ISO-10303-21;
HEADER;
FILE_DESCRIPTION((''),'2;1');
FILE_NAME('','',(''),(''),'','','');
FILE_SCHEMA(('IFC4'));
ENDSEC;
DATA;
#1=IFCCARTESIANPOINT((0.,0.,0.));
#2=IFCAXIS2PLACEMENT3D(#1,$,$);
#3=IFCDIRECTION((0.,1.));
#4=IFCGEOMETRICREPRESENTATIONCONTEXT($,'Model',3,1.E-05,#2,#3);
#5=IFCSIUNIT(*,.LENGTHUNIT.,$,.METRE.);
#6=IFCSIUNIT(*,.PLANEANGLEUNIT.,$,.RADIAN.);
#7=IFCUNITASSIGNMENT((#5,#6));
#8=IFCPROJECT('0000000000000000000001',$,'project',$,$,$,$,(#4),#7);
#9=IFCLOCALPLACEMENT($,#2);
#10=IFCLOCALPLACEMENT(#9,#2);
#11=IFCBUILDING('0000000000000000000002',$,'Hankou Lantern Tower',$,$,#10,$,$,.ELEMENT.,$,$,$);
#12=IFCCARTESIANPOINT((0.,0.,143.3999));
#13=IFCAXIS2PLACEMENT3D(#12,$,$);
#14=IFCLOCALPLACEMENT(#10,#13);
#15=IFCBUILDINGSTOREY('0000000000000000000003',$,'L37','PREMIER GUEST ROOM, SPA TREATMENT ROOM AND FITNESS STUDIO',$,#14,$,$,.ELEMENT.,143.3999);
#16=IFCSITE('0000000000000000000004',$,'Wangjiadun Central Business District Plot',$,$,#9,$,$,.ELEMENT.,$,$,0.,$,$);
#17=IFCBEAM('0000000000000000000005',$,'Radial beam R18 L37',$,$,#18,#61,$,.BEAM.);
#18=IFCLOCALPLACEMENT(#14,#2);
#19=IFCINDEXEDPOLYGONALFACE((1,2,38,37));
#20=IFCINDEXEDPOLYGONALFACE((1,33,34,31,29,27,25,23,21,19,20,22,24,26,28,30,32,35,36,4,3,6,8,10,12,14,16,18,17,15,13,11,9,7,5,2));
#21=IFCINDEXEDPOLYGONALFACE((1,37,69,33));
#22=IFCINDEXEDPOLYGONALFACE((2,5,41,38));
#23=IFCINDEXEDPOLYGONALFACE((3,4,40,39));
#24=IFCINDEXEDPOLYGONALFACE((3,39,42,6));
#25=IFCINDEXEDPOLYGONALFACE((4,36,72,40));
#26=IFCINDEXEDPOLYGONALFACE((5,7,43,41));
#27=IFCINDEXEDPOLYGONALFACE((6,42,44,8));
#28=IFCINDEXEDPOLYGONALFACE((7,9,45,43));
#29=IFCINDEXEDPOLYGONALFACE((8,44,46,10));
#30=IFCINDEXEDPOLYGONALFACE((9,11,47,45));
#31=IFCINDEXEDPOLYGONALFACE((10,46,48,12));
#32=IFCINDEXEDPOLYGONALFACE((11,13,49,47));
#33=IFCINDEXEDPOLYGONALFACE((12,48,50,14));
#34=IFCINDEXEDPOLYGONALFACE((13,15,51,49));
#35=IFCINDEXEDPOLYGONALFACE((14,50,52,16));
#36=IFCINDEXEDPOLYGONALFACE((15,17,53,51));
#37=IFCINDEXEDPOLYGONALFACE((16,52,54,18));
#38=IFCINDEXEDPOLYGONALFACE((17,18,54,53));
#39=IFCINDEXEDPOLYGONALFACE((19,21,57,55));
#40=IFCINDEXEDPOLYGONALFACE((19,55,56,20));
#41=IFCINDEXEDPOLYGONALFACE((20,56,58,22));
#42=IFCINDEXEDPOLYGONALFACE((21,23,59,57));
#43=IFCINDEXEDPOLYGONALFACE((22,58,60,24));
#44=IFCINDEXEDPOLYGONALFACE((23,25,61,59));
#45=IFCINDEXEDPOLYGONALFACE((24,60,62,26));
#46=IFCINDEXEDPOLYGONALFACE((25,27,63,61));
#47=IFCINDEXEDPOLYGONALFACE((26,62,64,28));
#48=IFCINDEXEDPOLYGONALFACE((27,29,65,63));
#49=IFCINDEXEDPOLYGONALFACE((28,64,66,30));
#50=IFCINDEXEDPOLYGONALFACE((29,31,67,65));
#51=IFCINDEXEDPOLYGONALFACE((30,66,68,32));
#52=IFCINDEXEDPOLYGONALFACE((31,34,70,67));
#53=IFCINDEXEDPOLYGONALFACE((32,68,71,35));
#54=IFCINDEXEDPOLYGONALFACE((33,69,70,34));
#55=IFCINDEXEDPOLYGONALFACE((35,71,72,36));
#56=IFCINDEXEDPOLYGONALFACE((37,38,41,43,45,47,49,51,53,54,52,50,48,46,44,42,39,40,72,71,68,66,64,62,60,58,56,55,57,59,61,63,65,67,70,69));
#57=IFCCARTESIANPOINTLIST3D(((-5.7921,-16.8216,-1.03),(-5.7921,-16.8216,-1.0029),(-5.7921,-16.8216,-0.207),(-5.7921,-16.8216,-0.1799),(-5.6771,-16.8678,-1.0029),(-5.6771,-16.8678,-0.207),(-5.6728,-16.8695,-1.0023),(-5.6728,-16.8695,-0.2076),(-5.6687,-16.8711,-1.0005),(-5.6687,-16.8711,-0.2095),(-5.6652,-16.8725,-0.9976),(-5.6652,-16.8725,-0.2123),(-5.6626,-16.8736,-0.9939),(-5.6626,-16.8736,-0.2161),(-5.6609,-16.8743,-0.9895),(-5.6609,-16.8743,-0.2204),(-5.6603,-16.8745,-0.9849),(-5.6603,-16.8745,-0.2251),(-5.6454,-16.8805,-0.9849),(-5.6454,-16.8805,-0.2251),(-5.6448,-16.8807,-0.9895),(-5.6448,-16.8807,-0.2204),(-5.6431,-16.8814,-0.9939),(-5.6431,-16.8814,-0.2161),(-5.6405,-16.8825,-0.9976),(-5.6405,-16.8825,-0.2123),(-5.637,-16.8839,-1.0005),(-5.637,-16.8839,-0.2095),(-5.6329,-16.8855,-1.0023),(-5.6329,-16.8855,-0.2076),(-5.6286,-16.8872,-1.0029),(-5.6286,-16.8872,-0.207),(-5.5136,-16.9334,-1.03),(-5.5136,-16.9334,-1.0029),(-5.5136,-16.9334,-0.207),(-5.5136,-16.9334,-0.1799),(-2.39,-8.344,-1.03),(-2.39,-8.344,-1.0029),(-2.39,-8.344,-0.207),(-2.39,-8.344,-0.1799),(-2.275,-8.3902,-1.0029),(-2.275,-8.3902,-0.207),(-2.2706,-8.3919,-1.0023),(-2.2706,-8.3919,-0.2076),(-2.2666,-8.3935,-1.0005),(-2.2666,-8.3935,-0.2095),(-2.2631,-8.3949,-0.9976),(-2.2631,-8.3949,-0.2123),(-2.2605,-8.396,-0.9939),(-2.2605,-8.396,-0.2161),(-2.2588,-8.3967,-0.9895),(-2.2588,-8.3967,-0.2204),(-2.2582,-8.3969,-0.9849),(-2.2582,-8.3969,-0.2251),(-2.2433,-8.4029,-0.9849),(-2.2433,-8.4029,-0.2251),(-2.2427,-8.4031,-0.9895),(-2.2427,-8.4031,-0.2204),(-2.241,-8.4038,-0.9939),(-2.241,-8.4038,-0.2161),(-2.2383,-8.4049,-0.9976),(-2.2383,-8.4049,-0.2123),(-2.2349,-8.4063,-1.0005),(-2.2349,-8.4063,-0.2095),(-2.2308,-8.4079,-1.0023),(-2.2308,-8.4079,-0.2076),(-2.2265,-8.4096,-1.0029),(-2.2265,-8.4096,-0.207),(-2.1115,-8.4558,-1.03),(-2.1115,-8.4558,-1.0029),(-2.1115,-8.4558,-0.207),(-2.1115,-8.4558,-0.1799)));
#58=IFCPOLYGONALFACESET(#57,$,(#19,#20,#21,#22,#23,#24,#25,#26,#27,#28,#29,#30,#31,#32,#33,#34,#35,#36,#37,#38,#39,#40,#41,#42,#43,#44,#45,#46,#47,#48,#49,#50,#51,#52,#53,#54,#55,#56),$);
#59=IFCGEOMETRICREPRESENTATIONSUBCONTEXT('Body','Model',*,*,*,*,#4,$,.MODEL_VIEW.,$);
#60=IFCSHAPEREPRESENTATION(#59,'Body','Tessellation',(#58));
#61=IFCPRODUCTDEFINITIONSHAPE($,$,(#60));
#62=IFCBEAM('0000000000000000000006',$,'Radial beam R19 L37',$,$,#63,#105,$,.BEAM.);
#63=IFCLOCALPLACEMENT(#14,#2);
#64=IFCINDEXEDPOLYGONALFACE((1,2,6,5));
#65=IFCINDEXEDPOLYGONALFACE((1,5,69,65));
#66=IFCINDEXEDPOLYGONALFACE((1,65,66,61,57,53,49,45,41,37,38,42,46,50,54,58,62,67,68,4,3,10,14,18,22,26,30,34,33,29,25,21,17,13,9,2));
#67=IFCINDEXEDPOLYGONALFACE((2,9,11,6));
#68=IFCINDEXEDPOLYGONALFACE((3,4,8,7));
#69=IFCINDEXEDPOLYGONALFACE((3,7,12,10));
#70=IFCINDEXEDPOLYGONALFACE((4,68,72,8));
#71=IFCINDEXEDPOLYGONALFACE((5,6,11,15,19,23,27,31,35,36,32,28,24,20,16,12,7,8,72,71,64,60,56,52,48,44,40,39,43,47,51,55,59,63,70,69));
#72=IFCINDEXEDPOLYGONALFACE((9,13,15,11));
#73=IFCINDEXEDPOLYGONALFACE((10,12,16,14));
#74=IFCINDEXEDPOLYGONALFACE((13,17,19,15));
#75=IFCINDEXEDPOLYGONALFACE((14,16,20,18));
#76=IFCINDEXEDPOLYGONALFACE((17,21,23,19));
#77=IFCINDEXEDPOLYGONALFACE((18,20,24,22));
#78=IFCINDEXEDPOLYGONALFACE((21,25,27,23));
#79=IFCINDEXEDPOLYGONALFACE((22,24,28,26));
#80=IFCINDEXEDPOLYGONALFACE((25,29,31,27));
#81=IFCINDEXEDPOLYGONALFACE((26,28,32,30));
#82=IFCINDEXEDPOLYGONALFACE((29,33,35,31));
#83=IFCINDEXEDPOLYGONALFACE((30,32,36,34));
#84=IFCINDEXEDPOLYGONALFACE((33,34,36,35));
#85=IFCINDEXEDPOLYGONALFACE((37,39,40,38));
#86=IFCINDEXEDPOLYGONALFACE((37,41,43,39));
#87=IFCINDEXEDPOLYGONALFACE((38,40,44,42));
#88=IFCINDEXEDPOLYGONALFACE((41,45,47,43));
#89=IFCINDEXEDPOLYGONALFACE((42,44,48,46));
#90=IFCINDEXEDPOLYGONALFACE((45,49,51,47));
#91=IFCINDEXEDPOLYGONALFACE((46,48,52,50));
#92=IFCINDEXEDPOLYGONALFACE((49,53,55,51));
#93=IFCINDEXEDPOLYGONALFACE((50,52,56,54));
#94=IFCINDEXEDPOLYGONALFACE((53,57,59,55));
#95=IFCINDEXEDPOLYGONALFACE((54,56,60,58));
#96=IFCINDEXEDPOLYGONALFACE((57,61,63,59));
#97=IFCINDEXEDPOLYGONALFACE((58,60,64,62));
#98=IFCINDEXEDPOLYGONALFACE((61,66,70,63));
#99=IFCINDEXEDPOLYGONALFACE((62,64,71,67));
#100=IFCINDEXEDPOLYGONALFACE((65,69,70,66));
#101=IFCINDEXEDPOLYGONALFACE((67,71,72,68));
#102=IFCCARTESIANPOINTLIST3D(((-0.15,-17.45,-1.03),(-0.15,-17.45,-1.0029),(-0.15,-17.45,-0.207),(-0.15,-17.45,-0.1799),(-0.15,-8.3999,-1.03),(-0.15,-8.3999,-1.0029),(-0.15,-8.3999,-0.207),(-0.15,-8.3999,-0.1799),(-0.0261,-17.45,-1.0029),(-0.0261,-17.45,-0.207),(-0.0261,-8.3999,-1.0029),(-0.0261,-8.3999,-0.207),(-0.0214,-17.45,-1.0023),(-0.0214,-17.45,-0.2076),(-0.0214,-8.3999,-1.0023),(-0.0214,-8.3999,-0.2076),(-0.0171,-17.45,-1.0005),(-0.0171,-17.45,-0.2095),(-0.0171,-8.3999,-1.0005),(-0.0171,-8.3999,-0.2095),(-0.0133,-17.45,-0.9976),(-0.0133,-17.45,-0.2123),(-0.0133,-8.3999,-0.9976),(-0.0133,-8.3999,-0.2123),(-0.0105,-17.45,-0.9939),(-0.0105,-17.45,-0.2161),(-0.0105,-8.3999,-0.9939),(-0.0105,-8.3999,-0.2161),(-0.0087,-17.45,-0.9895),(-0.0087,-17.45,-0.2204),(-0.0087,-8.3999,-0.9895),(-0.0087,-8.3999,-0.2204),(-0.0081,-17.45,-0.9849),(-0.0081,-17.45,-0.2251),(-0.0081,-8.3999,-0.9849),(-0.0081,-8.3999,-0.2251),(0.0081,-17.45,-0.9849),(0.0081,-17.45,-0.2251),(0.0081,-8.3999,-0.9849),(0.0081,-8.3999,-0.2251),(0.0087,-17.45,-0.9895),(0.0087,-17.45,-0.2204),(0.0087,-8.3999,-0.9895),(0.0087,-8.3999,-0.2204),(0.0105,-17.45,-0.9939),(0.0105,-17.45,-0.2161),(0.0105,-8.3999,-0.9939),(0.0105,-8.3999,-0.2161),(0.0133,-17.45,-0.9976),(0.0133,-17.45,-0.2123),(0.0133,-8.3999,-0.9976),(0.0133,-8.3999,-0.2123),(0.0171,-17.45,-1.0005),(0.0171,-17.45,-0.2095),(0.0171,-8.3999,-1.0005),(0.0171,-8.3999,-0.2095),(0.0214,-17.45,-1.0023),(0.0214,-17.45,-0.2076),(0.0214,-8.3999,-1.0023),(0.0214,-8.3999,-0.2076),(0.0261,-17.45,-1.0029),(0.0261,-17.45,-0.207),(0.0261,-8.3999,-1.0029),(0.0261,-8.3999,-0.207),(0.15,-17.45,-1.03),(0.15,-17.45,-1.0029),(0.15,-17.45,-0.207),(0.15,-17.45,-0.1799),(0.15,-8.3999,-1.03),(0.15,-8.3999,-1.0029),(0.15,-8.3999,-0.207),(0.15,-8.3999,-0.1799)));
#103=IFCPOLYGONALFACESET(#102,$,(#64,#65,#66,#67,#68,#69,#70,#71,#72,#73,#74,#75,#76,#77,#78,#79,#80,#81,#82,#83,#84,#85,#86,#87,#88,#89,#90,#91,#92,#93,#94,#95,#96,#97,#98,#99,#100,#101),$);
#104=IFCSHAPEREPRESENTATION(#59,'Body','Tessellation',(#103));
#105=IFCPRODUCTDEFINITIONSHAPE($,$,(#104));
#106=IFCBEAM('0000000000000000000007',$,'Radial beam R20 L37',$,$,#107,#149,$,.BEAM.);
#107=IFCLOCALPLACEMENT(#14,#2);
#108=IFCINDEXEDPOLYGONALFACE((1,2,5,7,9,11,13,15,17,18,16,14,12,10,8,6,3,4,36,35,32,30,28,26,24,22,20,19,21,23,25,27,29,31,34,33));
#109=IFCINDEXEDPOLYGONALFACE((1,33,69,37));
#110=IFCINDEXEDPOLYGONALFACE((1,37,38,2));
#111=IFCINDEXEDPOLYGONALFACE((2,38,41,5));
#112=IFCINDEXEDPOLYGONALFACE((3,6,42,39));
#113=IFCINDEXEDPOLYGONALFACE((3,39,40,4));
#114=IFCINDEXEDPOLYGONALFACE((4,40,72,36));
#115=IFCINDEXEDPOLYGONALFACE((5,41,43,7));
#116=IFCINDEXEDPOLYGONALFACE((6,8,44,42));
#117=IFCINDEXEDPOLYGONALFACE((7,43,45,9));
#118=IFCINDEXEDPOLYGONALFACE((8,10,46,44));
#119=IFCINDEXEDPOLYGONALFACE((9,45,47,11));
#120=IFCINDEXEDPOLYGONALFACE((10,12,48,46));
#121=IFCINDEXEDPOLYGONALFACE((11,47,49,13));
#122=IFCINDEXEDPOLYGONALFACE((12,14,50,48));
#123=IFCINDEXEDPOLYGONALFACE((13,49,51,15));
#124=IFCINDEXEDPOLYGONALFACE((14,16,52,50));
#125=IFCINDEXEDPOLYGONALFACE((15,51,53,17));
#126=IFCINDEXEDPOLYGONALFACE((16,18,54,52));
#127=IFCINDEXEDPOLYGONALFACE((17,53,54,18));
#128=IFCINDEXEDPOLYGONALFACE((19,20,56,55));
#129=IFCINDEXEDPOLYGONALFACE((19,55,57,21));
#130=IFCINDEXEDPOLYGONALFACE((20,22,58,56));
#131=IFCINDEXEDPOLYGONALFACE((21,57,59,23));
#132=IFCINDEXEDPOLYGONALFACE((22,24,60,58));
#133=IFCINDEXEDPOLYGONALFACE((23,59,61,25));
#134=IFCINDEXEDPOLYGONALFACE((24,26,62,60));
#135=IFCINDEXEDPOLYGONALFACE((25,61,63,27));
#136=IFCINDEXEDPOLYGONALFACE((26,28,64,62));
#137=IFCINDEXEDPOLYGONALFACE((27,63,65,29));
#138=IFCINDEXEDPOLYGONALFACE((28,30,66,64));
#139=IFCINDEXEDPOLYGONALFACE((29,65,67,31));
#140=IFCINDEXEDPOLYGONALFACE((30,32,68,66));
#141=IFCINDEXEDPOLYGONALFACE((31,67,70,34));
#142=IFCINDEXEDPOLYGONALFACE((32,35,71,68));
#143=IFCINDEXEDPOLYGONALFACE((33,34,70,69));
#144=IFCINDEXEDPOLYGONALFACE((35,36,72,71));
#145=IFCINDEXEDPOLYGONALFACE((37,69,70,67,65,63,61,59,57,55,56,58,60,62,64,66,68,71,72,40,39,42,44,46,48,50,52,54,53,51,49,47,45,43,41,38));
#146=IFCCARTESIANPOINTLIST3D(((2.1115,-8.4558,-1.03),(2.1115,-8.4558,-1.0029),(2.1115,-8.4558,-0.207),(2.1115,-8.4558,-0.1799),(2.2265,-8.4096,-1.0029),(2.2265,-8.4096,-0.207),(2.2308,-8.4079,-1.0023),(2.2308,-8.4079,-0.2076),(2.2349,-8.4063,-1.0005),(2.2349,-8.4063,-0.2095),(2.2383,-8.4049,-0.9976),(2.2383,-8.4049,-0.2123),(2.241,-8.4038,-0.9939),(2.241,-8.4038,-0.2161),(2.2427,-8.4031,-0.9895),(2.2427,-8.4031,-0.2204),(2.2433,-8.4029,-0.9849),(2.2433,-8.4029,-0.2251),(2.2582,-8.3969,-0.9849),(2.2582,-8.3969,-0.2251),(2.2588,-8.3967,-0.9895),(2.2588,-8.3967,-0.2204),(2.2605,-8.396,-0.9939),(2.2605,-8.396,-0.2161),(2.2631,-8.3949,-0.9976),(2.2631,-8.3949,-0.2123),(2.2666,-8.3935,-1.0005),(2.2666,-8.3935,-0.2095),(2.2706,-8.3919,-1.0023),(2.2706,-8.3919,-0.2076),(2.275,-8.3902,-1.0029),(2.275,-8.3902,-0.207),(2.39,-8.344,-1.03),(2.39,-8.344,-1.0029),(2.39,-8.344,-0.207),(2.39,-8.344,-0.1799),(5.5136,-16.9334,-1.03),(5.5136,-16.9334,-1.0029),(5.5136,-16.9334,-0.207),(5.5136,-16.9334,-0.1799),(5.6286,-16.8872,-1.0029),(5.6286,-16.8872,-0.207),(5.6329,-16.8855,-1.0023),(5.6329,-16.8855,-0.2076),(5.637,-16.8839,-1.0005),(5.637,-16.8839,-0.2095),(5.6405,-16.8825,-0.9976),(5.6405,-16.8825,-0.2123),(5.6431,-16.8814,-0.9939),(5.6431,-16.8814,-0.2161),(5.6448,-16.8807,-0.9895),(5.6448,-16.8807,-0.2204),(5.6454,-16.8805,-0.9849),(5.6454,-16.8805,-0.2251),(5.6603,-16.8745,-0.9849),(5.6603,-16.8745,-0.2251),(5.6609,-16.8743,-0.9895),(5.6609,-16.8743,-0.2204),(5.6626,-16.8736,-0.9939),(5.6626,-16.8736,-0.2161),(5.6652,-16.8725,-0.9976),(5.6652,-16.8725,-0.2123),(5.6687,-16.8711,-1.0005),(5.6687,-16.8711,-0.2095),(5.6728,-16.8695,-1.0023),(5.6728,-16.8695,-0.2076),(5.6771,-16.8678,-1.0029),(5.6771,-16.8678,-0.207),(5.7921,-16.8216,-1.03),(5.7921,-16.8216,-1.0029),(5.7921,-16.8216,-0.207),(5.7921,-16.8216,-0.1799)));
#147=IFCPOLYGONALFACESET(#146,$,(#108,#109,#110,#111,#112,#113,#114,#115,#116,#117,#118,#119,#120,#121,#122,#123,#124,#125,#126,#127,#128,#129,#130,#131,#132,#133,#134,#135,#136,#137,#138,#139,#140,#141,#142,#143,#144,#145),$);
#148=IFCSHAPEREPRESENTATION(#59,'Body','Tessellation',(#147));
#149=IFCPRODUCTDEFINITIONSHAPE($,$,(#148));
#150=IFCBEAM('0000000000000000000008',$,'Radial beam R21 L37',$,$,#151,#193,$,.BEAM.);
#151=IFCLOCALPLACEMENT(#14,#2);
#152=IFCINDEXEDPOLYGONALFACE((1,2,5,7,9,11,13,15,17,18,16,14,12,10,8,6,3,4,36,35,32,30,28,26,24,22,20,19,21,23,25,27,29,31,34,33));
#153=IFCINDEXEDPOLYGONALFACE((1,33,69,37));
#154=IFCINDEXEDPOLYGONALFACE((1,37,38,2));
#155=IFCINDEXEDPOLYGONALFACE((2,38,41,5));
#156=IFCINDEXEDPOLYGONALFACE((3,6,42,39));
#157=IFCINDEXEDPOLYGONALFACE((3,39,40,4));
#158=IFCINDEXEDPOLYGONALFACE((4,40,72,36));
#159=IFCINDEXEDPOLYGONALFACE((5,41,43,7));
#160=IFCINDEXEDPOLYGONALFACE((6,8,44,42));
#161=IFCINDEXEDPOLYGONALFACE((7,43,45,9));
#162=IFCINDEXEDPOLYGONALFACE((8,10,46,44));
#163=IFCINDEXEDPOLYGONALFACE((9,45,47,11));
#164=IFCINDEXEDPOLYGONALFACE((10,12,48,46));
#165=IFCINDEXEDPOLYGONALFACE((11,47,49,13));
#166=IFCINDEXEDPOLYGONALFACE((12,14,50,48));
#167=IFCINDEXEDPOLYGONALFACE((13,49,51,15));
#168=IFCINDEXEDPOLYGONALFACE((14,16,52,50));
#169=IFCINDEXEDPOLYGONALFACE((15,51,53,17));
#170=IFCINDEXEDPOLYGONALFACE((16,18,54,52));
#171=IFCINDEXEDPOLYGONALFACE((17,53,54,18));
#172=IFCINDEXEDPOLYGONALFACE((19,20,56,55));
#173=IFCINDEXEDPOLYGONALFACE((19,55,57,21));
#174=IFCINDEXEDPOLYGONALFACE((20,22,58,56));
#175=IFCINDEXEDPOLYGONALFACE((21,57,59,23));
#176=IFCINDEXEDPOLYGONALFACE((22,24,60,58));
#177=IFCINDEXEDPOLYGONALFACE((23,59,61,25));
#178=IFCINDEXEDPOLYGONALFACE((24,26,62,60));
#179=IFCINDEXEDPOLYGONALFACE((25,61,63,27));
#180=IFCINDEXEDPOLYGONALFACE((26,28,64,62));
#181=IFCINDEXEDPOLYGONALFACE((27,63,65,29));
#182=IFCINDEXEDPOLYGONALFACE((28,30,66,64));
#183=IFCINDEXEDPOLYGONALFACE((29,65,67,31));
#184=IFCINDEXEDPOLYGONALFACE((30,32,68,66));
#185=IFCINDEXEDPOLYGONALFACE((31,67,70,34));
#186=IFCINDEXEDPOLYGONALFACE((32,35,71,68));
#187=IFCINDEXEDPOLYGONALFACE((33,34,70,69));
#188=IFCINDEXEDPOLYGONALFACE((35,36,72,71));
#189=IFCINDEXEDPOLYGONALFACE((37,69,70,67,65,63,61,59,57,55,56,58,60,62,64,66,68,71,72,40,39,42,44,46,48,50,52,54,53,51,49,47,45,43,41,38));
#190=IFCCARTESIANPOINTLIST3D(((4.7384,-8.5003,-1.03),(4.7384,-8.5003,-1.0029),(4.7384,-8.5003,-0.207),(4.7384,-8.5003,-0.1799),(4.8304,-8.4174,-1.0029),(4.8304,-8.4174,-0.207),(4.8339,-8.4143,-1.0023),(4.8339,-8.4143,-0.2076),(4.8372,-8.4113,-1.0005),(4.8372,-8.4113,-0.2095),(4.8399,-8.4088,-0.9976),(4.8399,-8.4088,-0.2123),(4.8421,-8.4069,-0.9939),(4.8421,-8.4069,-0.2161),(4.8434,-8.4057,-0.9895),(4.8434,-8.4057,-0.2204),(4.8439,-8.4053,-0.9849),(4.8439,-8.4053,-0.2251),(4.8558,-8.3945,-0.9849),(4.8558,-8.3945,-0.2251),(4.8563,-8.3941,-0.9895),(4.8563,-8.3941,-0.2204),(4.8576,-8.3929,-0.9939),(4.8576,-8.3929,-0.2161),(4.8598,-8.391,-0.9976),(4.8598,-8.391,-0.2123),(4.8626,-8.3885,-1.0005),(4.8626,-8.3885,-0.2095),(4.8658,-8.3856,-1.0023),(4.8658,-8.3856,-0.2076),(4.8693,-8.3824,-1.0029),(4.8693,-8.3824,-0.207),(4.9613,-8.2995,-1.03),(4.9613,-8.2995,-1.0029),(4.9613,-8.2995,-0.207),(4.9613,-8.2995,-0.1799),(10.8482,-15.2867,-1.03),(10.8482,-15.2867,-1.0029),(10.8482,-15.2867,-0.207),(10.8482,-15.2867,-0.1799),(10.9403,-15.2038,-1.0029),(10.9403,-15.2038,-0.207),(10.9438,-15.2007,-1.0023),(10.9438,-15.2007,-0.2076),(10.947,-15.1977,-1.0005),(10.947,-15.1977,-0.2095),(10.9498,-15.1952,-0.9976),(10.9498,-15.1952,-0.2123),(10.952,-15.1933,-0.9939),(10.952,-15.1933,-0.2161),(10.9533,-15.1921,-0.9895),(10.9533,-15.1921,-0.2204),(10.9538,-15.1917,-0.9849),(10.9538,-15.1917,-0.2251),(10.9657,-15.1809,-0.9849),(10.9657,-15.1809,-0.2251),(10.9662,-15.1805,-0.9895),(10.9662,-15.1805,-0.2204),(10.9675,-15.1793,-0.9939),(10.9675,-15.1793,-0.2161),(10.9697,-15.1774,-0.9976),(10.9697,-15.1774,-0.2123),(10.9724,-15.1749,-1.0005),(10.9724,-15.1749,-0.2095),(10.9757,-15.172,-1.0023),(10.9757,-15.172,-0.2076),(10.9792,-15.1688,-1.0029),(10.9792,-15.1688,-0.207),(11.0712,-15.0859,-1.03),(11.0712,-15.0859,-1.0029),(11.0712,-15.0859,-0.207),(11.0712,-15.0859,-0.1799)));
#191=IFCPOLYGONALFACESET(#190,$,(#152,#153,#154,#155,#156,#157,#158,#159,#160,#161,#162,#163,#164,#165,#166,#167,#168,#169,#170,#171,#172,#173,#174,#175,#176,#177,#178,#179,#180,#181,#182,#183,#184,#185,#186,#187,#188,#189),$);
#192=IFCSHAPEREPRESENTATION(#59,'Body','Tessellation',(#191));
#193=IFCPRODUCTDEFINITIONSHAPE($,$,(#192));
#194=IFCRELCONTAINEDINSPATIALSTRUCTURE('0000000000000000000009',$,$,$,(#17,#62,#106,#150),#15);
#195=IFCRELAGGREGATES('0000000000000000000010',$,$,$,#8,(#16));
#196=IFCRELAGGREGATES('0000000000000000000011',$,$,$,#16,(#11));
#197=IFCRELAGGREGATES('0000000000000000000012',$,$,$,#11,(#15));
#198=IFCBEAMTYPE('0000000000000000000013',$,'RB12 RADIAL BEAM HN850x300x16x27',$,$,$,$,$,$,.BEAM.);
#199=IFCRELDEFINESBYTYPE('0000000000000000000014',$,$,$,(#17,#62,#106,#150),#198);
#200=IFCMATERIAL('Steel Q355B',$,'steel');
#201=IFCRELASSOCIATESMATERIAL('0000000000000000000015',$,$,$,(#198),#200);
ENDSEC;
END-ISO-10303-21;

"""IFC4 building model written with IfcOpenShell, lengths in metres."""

from ifc_helpers import new_model, si_unit, direction, frame, origin, origin_2d, place, context, subcontext, project, spatial, i_section, extrude, material, material_profile, profile_set, type_object, element, save


model = new_model("IFC4")

# Units and contexts
model_context = context("Model", 3, precision=1e-05, world=origin(), true_north=direction((0.0, 1.0)))
body_context = subcontext(model_context, "Body", "Model", "MODEL_VIEW")
ifc_project = project(units=[si_unit("LENGTHUNIT", "METRE"), si_unit("PLANEANGLEUNIT", "RADIAN")], contexts=[model_context])

# Site, building, storey
site_placement = place(None, origin())
site = spatial("IfcSite", under=ifc_project, at=site_placement, Name="Wangjiadun Central Business District Plot", CompositionType="ELEMENT", RefElevation=0.0)
building_placement = place(site_placement, origin())
building = spatial("IfcBuilding", under=site, at=building_placement, Name="Hankou Lantern Tower", CompositionType="ELEMENT")
storey_placement = place(building_placement, frame((0.0, 0.0, 143.3999)))
storey = spatial("IfcBuildingStorey", under=building, at=storey_placement, Name="L37", Description="PREMIER GUEST ROOM, SPA TREATMENT ROOM AND FITNESS STUDIO", CompositionType="ELEMENT", Elevation=143.3999)

# Beams
ifc_material_1 = material(Name="Steel Q355B", Category="steel")
ifc_material_profile = material_profile(ifc_material_1, i_section(OverallWidth=0.3, OverallDepth=0.8501, WebThickness=0.0161, FlangeThickness=0.0271, FilletRadius=0.0181, at=origin_2d()), Name="HN850x300x16x27")
ifc_profile_set = profile_set([ifc_material_profile], Name="Steel Q355B")
beam_type = type_object("IfcBeamType", Name="RB12 RADIAL BEAM HN850x300x16x27", PredefinedType="BEAM", material=ifc_profile_set)
beam_1_placement = place(storey_placement, frame((-2.2507, -8.3999, -0.605), z_axis=(-0.372436, -0.928058, 0.0), x_axis=(0.928058, -0.372436, 0.0)))
element("IfcBeam", 1, at=beam_1_placement, inside=storey, type_object=beam_type, Name="Radial beam R18 L37", PredefinedType="BEAM", context=body_context, shape_type="SweptSolid", body=[
    extrude(i_section(OverallWidth=0.3, OverallDepth=0.8501, WebThickness=0.0161, FlangeThickness=0.0271, FilletRadius=0.0181, at=origin_2d()), origin(), (0.0, 0.0, 1.0), 9.1348),
])
beam_2_placement = place(storey_placement, frame((0.0, -8.3999, -0.605), z_axis=(0.0, -1.0, 0.0), x_axis=(1.0, 0.0, 0.0)))
element("IfcBeam", 2, at=beam_2_placement, inside=storey, type_object=beam_type, Name="Radial beam R19 L37", PredefinedType="BEAM", context=body_context, shape_type="SweptSolid", body=[
    extrude(i_section(OverallWidth=0.3, OverallDepth=0.8501, WebThickness=0.0161, FlangeThickness=0.0271, FilletRadius=0.0181, at=origin_2d()), origin(), (0.0, 0.0, 1.0), 9.05),
])
beam_3_placement = place(storey_placement, frame((2.2507, -8.3999, -0.605), z_axis=(0.372436, -0.928058, 0.0), x_axis=(0.928058, 0.372436, 0.0)))
element("IfcBeam", 3, at=beam_3_placement, inside=storey, type_object=beam_type, Name="Radial beam R20 L37", PredefinedType="BEAM", context=body_context, shape_type="SweptSolid", body=[
    extrude(i_section(OverallWidth=0.3, OverallDepth=0.8501, WebThickness=0.0161, FlangeThickness=0.0271, FilletRadius=0.0181, at=origin_2d()), origin(), (0.0, 0.0, 1.0), 9.1348),
])
beam_4_placement = place(storey_placement, frame((4.8499, -8.3999, -0.605), z_axis=(0.669093, -0.743178, 0.0), x_axis=(0.743178, 0.669093, 0.0)))
element("IfcBeam", 4, at=beam_4_placement, inside=storey, type_object=beam_type, Name="Radial beam R21 L37", PredefinedType="BEAM", context=body_context, shape_type="SweptSolid", body=[
    extrude(i_section(OverallWidth=0.3, OverallDepth=0.8501, WebThickness=0.0161, FlangeThickness=0.0271, FilletRadius=0.0181, at=origin_2d()), origin(), (0.0, 0.0, 1.0), 9.1316),
])

save(model, "model.ifc")
